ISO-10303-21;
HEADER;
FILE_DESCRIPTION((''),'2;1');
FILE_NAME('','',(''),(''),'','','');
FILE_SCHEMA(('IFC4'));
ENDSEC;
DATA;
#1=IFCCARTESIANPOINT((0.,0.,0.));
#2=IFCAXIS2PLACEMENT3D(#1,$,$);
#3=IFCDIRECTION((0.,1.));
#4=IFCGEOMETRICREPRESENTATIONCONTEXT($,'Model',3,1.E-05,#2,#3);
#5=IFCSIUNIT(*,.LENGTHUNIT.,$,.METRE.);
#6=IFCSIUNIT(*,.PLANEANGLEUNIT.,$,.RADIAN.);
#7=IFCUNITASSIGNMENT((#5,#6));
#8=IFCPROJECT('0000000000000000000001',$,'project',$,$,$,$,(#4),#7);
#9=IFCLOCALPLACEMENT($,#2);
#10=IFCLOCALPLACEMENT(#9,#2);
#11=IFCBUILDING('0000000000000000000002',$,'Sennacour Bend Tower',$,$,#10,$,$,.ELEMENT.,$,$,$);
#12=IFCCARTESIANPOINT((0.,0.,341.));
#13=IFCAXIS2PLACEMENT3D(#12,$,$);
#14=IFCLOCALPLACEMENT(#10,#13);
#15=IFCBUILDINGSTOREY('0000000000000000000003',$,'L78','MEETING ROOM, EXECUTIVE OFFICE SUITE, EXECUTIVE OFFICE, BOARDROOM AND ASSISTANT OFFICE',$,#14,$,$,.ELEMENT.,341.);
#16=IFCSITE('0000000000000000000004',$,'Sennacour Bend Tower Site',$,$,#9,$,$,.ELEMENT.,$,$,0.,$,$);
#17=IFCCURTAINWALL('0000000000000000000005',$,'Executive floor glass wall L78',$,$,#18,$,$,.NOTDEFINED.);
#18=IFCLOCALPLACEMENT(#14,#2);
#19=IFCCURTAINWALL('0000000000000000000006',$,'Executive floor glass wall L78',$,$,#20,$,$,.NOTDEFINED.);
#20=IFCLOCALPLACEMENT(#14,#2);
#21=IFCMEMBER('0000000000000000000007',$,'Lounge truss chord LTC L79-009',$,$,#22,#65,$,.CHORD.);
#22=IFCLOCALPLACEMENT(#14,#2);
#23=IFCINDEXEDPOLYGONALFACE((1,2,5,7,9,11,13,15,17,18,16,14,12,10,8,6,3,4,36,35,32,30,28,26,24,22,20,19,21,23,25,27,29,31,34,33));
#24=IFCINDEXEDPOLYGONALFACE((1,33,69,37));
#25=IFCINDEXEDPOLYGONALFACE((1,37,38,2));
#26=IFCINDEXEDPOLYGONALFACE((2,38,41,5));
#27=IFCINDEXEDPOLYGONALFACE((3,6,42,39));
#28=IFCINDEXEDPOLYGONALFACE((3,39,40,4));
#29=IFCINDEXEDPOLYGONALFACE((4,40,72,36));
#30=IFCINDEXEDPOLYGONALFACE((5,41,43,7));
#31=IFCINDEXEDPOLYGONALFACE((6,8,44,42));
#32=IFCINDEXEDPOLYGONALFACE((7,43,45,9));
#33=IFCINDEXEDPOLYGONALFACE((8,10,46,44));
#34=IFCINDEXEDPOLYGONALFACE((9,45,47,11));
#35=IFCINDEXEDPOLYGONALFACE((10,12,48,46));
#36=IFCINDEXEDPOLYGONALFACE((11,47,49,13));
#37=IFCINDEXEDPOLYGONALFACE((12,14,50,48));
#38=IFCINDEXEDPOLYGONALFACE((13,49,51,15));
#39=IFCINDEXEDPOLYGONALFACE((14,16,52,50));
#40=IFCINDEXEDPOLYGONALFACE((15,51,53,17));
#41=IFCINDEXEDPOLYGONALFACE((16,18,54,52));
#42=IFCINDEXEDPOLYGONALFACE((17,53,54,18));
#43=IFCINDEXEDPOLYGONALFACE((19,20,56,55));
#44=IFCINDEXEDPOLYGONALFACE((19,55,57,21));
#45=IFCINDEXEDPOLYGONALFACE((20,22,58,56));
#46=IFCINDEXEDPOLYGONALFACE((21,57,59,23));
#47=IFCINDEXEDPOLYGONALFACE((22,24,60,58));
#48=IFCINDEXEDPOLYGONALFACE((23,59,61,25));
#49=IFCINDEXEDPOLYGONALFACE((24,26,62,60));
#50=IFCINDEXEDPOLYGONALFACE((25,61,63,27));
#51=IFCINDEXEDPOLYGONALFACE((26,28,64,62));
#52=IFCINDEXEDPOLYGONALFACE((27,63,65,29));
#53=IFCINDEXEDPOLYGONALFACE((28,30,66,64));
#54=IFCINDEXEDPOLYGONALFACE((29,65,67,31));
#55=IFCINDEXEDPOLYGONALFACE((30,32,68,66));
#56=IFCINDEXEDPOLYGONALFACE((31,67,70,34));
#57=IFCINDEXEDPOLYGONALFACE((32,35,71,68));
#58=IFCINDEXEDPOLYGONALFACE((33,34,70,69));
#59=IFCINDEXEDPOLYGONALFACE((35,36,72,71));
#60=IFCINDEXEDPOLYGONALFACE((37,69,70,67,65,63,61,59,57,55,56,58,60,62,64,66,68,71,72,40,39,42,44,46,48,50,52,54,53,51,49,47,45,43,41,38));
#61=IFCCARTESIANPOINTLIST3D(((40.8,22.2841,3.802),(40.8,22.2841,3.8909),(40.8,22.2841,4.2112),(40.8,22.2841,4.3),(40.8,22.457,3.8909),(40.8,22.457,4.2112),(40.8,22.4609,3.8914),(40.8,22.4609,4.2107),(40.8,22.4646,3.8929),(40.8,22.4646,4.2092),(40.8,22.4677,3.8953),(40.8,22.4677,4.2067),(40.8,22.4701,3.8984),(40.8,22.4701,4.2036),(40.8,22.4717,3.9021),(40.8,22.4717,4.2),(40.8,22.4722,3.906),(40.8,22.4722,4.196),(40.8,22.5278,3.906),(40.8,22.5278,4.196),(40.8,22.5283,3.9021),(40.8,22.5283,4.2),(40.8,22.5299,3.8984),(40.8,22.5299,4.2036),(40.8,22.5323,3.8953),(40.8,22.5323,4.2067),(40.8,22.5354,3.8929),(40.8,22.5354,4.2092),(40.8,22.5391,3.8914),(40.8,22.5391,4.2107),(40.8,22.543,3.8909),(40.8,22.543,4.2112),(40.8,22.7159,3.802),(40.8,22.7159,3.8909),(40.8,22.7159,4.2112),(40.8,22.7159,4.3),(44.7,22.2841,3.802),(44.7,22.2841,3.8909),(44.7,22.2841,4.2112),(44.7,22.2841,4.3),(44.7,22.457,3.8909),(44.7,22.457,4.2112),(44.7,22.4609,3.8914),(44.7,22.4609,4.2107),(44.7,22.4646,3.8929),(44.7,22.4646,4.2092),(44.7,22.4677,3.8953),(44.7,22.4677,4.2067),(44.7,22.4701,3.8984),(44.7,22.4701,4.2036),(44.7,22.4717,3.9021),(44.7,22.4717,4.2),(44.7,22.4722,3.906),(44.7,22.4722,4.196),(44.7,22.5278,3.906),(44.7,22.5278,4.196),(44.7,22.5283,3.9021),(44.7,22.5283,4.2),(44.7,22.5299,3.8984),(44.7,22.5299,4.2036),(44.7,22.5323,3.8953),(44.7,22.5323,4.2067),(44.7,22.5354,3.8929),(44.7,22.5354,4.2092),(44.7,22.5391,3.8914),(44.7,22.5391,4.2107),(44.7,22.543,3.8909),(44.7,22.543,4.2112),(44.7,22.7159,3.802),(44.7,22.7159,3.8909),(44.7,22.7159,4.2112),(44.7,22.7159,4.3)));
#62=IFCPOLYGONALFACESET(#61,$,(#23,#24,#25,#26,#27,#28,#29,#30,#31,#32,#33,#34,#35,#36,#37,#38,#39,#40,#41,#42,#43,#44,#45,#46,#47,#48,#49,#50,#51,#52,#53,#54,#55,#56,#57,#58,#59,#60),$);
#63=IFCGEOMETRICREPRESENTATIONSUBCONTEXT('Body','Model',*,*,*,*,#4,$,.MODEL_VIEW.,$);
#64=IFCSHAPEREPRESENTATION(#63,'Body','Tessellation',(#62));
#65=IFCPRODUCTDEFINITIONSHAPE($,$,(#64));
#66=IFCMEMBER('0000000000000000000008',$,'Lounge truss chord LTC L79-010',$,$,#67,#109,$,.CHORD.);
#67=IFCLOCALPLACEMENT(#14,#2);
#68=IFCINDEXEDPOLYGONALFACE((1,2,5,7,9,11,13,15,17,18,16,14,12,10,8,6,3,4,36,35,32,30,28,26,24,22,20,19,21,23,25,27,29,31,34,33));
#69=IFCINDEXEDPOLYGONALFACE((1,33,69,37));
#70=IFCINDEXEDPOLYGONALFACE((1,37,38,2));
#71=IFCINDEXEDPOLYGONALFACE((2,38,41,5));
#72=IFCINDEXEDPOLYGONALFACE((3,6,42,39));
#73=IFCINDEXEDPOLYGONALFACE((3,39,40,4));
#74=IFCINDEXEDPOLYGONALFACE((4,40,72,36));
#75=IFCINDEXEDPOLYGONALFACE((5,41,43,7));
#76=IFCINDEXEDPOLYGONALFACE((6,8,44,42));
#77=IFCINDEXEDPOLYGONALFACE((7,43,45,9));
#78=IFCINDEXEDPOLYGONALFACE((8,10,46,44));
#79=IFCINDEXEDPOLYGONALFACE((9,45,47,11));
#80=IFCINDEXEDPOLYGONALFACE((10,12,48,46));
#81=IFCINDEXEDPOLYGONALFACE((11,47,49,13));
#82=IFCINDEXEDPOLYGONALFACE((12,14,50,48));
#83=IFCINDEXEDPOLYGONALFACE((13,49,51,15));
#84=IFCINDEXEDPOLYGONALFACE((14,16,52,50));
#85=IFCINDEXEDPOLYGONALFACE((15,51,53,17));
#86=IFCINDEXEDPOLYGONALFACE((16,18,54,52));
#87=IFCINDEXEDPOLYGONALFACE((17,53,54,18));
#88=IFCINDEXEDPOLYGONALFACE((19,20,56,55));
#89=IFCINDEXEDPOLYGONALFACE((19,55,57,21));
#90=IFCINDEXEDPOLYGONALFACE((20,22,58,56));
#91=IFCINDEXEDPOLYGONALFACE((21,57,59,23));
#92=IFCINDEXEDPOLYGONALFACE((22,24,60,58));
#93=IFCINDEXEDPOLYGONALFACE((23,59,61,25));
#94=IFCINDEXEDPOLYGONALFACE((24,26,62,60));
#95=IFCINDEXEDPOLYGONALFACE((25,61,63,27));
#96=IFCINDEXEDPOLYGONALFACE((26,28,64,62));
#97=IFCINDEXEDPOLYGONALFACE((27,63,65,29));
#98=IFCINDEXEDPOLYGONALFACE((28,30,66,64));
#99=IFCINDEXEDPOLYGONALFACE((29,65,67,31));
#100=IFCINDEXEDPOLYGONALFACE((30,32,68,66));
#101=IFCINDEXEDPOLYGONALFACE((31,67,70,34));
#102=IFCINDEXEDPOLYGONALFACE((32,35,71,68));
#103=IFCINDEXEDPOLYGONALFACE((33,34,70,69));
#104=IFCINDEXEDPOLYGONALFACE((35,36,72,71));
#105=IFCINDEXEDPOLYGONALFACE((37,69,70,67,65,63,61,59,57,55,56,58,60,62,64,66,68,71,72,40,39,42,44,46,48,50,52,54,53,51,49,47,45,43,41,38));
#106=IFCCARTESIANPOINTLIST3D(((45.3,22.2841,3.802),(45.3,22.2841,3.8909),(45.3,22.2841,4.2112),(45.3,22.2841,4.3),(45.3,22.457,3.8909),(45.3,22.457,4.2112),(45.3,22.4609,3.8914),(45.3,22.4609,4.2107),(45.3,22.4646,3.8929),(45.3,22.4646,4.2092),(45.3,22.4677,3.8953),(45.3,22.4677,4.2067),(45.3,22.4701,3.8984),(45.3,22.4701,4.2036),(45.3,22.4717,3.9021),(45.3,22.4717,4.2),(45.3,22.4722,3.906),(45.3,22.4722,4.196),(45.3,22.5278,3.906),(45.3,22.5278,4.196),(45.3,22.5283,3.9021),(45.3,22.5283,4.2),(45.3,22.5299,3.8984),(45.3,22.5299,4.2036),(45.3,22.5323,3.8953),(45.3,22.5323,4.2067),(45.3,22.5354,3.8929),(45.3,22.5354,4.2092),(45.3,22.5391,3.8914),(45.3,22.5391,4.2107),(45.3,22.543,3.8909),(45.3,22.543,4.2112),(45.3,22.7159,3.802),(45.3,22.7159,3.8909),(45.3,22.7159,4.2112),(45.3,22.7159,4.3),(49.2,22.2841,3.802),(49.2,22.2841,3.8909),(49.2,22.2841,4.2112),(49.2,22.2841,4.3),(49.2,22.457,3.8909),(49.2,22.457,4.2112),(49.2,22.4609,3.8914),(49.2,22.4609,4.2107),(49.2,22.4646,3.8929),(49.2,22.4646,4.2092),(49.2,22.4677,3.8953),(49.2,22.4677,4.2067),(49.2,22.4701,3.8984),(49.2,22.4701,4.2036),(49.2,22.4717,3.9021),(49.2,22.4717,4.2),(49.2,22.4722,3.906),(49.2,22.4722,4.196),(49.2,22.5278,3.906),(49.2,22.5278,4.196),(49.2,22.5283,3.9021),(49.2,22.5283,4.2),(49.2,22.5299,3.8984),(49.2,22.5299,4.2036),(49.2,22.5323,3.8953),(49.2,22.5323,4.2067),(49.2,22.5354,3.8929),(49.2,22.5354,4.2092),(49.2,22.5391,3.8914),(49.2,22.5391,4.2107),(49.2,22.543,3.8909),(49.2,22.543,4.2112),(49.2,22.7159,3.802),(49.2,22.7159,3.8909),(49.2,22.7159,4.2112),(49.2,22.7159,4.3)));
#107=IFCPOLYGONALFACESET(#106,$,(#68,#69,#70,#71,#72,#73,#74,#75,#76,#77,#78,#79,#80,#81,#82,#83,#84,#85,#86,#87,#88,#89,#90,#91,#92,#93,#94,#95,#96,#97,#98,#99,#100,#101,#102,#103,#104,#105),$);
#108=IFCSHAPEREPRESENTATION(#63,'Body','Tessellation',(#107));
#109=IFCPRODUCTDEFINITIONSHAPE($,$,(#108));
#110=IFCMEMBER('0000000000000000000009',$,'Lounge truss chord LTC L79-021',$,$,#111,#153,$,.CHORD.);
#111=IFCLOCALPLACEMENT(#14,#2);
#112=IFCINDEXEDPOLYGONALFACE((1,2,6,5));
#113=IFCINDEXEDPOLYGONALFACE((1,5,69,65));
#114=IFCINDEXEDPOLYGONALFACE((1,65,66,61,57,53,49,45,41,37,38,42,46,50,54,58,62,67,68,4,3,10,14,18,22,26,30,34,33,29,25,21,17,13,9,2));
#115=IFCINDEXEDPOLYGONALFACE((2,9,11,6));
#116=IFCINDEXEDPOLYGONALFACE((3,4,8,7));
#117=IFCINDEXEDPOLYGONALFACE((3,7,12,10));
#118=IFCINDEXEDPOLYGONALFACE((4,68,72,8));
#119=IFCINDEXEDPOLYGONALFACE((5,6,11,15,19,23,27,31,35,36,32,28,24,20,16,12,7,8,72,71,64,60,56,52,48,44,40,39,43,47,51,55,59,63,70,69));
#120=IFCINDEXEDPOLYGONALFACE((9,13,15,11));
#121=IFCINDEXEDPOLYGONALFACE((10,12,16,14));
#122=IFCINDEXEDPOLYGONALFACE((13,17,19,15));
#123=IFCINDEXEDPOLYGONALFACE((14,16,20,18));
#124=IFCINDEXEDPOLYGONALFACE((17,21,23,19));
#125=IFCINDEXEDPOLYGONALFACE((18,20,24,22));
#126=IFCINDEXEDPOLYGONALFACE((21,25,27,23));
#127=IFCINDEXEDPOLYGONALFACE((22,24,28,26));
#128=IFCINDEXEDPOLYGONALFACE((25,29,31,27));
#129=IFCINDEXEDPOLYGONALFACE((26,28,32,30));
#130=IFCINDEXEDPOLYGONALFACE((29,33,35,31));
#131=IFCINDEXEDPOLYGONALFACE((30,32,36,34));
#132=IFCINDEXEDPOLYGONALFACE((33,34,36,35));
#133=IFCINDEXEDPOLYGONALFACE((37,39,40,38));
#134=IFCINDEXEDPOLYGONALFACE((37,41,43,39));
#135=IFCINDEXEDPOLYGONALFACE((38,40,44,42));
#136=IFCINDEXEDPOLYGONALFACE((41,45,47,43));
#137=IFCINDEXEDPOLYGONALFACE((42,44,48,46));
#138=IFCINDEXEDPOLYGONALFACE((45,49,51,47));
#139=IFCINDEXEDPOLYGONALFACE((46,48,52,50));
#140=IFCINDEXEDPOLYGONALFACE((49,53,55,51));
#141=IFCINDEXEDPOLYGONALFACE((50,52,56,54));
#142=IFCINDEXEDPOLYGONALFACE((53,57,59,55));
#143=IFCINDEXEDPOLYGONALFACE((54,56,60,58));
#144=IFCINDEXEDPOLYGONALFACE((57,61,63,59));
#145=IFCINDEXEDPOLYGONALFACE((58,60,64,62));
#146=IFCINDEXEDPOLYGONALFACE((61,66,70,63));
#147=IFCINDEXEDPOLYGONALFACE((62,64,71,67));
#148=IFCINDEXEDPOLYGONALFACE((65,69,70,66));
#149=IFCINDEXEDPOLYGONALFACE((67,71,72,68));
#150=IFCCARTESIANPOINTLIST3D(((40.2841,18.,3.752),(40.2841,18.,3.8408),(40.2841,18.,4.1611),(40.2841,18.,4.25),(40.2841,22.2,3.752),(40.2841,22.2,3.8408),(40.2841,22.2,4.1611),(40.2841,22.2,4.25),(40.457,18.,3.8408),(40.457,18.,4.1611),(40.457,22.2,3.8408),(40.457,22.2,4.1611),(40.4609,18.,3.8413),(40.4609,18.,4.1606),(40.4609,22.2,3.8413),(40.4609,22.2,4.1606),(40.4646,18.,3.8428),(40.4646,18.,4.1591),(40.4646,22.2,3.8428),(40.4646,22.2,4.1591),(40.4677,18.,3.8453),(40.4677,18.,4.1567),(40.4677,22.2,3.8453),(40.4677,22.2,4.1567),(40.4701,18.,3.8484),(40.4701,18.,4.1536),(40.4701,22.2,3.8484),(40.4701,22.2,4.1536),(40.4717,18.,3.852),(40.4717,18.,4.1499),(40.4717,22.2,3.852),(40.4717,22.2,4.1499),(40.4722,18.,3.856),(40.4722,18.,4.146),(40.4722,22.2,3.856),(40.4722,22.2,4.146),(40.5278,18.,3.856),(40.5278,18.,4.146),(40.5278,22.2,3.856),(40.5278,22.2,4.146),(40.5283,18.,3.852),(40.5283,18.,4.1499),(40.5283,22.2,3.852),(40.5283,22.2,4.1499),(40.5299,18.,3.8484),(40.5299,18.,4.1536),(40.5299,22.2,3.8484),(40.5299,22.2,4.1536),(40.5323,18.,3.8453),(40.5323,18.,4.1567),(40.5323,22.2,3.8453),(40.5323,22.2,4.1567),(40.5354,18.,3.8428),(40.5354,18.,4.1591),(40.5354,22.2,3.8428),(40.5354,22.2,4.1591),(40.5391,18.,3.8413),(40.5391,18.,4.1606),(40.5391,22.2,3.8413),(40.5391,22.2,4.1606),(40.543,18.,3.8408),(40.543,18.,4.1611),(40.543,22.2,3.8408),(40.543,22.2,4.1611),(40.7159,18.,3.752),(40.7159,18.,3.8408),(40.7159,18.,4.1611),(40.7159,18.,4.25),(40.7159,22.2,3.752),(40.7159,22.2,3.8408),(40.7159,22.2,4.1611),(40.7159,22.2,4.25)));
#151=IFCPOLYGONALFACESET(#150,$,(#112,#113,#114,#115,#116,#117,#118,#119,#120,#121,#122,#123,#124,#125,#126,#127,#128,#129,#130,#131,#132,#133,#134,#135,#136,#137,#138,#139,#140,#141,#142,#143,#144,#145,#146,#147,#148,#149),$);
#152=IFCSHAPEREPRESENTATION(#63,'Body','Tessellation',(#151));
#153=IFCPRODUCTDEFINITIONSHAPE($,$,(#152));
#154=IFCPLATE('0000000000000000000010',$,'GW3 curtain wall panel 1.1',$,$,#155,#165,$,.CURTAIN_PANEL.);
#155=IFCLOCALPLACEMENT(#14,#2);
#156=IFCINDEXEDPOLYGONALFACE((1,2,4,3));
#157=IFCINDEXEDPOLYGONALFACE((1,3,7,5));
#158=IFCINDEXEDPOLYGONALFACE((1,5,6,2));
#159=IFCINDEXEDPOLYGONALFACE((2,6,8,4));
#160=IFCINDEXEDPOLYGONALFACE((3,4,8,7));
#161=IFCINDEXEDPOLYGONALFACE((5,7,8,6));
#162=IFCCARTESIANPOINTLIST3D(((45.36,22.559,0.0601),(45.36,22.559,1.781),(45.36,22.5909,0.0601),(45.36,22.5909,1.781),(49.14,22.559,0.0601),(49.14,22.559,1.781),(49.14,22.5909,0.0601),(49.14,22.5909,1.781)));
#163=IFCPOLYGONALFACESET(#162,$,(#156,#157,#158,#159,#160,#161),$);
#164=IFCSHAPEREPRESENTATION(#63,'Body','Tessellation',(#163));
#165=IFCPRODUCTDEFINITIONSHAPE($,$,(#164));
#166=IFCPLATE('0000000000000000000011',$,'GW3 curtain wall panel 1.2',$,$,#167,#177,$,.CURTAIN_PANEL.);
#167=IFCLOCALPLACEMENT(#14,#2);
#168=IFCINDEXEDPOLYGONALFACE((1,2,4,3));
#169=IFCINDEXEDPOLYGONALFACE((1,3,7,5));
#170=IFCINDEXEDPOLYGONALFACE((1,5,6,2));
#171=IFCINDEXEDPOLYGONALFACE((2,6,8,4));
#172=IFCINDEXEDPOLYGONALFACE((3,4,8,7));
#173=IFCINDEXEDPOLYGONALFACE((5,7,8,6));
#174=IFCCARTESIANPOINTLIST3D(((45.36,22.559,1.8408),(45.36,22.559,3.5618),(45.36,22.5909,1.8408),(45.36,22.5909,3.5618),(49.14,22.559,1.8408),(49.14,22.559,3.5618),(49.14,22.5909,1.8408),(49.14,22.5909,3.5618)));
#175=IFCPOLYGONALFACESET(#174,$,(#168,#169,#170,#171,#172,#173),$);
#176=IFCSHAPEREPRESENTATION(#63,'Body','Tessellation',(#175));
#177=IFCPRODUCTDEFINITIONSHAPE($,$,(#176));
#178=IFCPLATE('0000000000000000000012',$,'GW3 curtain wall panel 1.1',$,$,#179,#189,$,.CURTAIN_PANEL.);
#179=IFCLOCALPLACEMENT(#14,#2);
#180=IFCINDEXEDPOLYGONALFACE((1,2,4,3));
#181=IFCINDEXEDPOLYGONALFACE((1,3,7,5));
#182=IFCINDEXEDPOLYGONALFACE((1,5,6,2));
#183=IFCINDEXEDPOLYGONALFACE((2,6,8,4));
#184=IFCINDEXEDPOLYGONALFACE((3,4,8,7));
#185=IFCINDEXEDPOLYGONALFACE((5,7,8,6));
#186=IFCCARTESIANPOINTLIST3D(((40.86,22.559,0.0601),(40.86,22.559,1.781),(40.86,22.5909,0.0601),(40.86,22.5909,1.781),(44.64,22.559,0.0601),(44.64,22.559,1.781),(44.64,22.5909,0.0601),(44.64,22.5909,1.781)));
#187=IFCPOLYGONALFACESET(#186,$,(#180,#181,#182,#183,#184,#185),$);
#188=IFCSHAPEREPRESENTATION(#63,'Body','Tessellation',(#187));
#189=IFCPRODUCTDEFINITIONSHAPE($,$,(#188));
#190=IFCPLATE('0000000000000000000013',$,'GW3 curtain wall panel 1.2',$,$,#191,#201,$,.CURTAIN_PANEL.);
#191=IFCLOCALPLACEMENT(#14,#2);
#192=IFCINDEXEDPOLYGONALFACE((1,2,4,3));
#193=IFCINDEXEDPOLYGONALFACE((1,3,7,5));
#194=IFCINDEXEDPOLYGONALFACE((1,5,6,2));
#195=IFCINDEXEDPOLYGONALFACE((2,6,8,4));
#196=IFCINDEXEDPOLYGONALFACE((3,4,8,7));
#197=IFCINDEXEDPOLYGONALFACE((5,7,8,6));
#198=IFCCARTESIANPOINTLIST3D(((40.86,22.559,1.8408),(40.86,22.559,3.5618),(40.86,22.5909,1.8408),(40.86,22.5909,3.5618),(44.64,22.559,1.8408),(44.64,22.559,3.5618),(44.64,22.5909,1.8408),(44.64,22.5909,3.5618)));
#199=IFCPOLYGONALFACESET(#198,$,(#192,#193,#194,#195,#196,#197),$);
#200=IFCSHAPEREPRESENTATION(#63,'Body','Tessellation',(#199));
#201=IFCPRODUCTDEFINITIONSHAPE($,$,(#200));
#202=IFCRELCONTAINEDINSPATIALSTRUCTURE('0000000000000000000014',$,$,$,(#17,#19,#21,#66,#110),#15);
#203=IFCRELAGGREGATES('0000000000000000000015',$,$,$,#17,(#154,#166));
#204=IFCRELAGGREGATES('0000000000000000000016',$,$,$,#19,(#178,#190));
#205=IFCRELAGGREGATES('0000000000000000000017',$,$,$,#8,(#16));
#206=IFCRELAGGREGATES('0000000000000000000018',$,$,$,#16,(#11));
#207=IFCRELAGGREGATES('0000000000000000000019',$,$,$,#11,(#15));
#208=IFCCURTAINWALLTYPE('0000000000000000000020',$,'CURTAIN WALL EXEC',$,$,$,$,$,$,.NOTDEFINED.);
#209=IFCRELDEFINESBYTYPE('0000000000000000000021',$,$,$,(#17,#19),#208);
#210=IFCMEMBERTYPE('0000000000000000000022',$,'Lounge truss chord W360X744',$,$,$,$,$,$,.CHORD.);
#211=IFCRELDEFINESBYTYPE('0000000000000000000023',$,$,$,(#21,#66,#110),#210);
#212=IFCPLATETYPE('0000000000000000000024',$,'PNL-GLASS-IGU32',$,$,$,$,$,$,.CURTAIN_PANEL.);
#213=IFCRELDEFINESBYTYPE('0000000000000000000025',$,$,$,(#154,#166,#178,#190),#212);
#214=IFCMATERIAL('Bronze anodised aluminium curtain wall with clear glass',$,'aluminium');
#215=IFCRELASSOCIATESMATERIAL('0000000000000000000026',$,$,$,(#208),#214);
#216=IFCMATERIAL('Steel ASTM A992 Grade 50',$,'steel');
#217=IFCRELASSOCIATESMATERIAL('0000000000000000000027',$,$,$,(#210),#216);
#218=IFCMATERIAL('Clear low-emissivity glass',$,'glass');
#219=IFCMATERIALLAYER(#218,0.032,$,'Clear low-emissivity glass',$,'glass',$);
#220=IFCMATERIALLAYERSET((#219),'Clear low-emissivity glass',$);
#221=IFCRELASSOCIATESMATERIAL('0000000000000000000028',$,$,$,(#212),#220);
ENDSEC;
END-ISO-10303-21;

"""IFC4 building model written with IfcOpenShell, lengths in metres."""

from ifc_helpers import new_model, si_unit, direction, frame, origin, origin_2d, place, context, subcontext, project, spatial, rectangle, i_section, extrude, material, layer, layer_set, material_profile, profile_set, type_object, element, aggregate, save


model = new_model("IFC4")

# Units and contexts
model_context = context("Model", 3, precision=1e-05, world=origin(), true_north=direction((0.0, 1.0)))
body_context = subcontext(model_context, "Body", "Model", "MODEL_VIEW")
ifc_project = project(units=[si_unit("LENGTHUNIT", "METRE"), si_unit("PLANEANGLEUNIT", "RADIAN")], contexts=[model_context])

# Site, building, storey
site_placement = place(None, origin())
site = spatial("IfcSite", under=ifc_project, at=site_placement, Name="Sennacour Bend Tower Site", CompositionType="ELEMENT", RefElevation=0.0)
building_placement = place(site_placement, origin())
building = spatial("IfcBuilding", under=site, at=building_placement, Name="Sennacour Bend Tower", CompositionType="ELEMENT")
storey_placement = place(building_placement, frame((0.0, 0.0, 341.0)))
storey = spatial("IfcBuildingStorey", under=building, at=storey_placement, Name="L78", Description="MEETING ROOM, EXECUTIVE OFFICE SUITE, EXECUTIVE OFFICE, BOARDROOM AND ASSISTANT OFFICE", CompositionType="ELEMENT", Elevation=341.0)

# Curtain walls
ifc_material_1 = material(Name="Bronze anodised aluminium curtain wall with clear glass", Category="aluminium")
curtain_wall_type = type_object("IfcCurtainWallType", Name="CURTAIN WALL EXEC", PredefinedType="NOTDEFINED", material=ifc_material_1)
curtain_wall_1_placement = place(storey_placement, origin())
curtain_wall_1 = element("IfcCurtainWall", 1, at=curtain_wall_1_placement, inside=storey, type_object=curtain_wall_type, Name="Executive floor glass wall L78", PredefinedType="NOTDEFINED")
curtain_wall_2_placement = place(storey_placement, origin())
curtain_wall_2 = element("IfcCurtainWall", 2, at=curtain_wall_2_placement, inside=storey, type_object=curtain_wall_type, Name="Executive floor glass wall L78", PredefinedType="NOTDEFINED")

# Members
ifc_material_2 = material(Name="Steel ASTM A992 Grade 50", Category="steel")
ifc_material_profile_1 = material_profile(ifc_material_2, i_section(OverallWidth=0.4319, OverallDepth=0.498, WebThickness=0.0557, FlangeThickness=0.0889, FilletRadius=0.0151, at=origin_2d()), Name="Steel ASTM A992 Grade 50", Category="steel")
ifc_profile_set_1 = profile_set([ifc_material_profile_1], Name="Steel ASTM A992 Grade 50")
member_type_1 = type_object("IfcMemberType", Name="Lounge truss chord W360X744", PredefinedType="CHORD", material=ifc_profile_set_1)
for number, where, z_axis, x_axis, name in (
    (3, (40.8, 22.5, 4.051), (1.0, 0.0, 0.0), (0.0, 1.0, 0.0), "Lounge truss chord LTC L79-009"),
    (4, (45.3, 22.5, 4.051), (1.0, 0.0, 0.0), (0.0, 1.0, 0.0), "Lounge truss chord LTC L79-010"),
):
    element("IfcMember", number, at=place(storey_placement, frame(where, z_axis=z_axis, x_axis=x_axis)), inside=storey, type_object=member_type_1, Name=name, PredefinedType="CHORD", context=body_context, shape_type="SweptSolid", body=[
        extrude(i_section(OverallWidth=0.4319, OverallDepth=0.498, WebThickness=0.0557, FlangeThickness=0.0889, FilletRadius=0.0151, at=origin_2d()), origin(), (0.0, 0.0, 1.0), 3.8999),
    ])
member_1_placement = place(storey_placement, frame((40.5, 18.0, 4.001), z_axis=(0.0, 1.0, 0.0), x_axis=(-1.0, 0.0, 0.0)))
element("IfcMember", 5, at=member_1_placement, inside=storey, type_object=member_type_1, Name="Lounge truss chord LTC L79-021", PredefinedType="CHORD", context=body_context, shape_type="SweptSolid", body=[
    extrude(i_section(OverallWidth=0.4319, OverallDepth=0.498, WebThickness=0.0557, FlangeThickness=0.0889, FilletRadius=0.0151, at=origin_2d()), origin(), (0.0, 0.0, 1.0), 4.2),
])

# Plates
ifc_material_3 = material(Name="Clear low-emissivity glass", Category="glass")
ifc_layer_1 = layer(ifc_material_3, 0.032, Name="Clear low-emissivity glass", Category="glass")
ifc_layer_set_1 = layer_set([ifc_layer_1], Name="Clear low-emissivity glass")
plate_type = type_object("IfcPlateType", Name="PNL-GLASS-IGU32", PredefinedType="CURTAIN_PANEL", material=ifc_layer_set_1)
plate_1_placement = place(storey_placement, frame((47.25, 22.575, 0.0601), z_axis=(0.0, 0.0, 1.0), x_axis=(-1.0, 0.0, 0.0)))
plate_1 = element("IfcPlate", 6, at=plate_1_placement, type_object=plate_type, Name="GW3 curtain wall panel 1.1", PredefinedType="CURTAIN_PANEL", context=body_context, shape_type="SweptSolid", body=[
    extrude(rectangle(XDim=3.78, YDim=0.032, at=origin_2d()), origin(), (0.0, 0.0, 1.0), 1.7209),
])
plate_2_placement = place(storey_placement, frame((47.25, 22.575, 1.8408), z_axis=(0.0, 0.0, 1.0), x_axis=(-1.0, 0.0, 0.0)))
plate_2 = element("IfcPlate", 7, at=plate_2_placement, type_object=plate_type, Name="GW3 curtain wall panel 1.2", PredefinedType="CURTAIN_PANEL", context=body_context, shape_type="SweptSolid", body=[
    extrude(rectangle(XDim=3.78, YDim=0.032, at=origin_2d()), origin(), (0.0, 0.0, 1.0), 1.7209),
])
aggregate(curtain_wall_1, [plate_1, plate_2])
plate_3_placement = place(storey_placement, frame((42.75, 22.575, 0.0601), z_axis=(0.0, 0.0, 1.0), x_axis=(-1.0, 0.0, 0.0)))
plate_3 = element("IfcPlate", 8, at=plate_3_placement, type_object=plate_type, Name="GW3 curtain wall panel 1.1", PredefinedType="CURTAIN_PANEL", context=body_context, shape_type="SweptSolid", body=[
    extrude(rectangle(XDim=3.78, YDim=0.032, at=origin_2d()), origin(), (0.0, 0.0, 1.0), 1.7209),
])
plate_4_placement = place(storey_placement, frame((42.75, 22.575, 1.8408), z_axis=(0.0, 0.0, 1.0), x_axis=(-1.0, 0.0, 0.0)))
plate_4 = element("IfcPlate", 9, at=plate_4_placement, type_object=plate_type, Name="GW3 curtain wall panel 1.2", PredefinedType="CURTAIN_PANEL", context=body_context, shape_type="SweptSolid", body=[
    extrude(rectangle(XDim=3.78, YDim=0.032, at=origin_2d()), origin(), (0.0, 0.0, 1.0), 1.7209),
])
aggregate(curtain_wall_2, [plate_3, plate_4])

save(model, "model.ifc")
